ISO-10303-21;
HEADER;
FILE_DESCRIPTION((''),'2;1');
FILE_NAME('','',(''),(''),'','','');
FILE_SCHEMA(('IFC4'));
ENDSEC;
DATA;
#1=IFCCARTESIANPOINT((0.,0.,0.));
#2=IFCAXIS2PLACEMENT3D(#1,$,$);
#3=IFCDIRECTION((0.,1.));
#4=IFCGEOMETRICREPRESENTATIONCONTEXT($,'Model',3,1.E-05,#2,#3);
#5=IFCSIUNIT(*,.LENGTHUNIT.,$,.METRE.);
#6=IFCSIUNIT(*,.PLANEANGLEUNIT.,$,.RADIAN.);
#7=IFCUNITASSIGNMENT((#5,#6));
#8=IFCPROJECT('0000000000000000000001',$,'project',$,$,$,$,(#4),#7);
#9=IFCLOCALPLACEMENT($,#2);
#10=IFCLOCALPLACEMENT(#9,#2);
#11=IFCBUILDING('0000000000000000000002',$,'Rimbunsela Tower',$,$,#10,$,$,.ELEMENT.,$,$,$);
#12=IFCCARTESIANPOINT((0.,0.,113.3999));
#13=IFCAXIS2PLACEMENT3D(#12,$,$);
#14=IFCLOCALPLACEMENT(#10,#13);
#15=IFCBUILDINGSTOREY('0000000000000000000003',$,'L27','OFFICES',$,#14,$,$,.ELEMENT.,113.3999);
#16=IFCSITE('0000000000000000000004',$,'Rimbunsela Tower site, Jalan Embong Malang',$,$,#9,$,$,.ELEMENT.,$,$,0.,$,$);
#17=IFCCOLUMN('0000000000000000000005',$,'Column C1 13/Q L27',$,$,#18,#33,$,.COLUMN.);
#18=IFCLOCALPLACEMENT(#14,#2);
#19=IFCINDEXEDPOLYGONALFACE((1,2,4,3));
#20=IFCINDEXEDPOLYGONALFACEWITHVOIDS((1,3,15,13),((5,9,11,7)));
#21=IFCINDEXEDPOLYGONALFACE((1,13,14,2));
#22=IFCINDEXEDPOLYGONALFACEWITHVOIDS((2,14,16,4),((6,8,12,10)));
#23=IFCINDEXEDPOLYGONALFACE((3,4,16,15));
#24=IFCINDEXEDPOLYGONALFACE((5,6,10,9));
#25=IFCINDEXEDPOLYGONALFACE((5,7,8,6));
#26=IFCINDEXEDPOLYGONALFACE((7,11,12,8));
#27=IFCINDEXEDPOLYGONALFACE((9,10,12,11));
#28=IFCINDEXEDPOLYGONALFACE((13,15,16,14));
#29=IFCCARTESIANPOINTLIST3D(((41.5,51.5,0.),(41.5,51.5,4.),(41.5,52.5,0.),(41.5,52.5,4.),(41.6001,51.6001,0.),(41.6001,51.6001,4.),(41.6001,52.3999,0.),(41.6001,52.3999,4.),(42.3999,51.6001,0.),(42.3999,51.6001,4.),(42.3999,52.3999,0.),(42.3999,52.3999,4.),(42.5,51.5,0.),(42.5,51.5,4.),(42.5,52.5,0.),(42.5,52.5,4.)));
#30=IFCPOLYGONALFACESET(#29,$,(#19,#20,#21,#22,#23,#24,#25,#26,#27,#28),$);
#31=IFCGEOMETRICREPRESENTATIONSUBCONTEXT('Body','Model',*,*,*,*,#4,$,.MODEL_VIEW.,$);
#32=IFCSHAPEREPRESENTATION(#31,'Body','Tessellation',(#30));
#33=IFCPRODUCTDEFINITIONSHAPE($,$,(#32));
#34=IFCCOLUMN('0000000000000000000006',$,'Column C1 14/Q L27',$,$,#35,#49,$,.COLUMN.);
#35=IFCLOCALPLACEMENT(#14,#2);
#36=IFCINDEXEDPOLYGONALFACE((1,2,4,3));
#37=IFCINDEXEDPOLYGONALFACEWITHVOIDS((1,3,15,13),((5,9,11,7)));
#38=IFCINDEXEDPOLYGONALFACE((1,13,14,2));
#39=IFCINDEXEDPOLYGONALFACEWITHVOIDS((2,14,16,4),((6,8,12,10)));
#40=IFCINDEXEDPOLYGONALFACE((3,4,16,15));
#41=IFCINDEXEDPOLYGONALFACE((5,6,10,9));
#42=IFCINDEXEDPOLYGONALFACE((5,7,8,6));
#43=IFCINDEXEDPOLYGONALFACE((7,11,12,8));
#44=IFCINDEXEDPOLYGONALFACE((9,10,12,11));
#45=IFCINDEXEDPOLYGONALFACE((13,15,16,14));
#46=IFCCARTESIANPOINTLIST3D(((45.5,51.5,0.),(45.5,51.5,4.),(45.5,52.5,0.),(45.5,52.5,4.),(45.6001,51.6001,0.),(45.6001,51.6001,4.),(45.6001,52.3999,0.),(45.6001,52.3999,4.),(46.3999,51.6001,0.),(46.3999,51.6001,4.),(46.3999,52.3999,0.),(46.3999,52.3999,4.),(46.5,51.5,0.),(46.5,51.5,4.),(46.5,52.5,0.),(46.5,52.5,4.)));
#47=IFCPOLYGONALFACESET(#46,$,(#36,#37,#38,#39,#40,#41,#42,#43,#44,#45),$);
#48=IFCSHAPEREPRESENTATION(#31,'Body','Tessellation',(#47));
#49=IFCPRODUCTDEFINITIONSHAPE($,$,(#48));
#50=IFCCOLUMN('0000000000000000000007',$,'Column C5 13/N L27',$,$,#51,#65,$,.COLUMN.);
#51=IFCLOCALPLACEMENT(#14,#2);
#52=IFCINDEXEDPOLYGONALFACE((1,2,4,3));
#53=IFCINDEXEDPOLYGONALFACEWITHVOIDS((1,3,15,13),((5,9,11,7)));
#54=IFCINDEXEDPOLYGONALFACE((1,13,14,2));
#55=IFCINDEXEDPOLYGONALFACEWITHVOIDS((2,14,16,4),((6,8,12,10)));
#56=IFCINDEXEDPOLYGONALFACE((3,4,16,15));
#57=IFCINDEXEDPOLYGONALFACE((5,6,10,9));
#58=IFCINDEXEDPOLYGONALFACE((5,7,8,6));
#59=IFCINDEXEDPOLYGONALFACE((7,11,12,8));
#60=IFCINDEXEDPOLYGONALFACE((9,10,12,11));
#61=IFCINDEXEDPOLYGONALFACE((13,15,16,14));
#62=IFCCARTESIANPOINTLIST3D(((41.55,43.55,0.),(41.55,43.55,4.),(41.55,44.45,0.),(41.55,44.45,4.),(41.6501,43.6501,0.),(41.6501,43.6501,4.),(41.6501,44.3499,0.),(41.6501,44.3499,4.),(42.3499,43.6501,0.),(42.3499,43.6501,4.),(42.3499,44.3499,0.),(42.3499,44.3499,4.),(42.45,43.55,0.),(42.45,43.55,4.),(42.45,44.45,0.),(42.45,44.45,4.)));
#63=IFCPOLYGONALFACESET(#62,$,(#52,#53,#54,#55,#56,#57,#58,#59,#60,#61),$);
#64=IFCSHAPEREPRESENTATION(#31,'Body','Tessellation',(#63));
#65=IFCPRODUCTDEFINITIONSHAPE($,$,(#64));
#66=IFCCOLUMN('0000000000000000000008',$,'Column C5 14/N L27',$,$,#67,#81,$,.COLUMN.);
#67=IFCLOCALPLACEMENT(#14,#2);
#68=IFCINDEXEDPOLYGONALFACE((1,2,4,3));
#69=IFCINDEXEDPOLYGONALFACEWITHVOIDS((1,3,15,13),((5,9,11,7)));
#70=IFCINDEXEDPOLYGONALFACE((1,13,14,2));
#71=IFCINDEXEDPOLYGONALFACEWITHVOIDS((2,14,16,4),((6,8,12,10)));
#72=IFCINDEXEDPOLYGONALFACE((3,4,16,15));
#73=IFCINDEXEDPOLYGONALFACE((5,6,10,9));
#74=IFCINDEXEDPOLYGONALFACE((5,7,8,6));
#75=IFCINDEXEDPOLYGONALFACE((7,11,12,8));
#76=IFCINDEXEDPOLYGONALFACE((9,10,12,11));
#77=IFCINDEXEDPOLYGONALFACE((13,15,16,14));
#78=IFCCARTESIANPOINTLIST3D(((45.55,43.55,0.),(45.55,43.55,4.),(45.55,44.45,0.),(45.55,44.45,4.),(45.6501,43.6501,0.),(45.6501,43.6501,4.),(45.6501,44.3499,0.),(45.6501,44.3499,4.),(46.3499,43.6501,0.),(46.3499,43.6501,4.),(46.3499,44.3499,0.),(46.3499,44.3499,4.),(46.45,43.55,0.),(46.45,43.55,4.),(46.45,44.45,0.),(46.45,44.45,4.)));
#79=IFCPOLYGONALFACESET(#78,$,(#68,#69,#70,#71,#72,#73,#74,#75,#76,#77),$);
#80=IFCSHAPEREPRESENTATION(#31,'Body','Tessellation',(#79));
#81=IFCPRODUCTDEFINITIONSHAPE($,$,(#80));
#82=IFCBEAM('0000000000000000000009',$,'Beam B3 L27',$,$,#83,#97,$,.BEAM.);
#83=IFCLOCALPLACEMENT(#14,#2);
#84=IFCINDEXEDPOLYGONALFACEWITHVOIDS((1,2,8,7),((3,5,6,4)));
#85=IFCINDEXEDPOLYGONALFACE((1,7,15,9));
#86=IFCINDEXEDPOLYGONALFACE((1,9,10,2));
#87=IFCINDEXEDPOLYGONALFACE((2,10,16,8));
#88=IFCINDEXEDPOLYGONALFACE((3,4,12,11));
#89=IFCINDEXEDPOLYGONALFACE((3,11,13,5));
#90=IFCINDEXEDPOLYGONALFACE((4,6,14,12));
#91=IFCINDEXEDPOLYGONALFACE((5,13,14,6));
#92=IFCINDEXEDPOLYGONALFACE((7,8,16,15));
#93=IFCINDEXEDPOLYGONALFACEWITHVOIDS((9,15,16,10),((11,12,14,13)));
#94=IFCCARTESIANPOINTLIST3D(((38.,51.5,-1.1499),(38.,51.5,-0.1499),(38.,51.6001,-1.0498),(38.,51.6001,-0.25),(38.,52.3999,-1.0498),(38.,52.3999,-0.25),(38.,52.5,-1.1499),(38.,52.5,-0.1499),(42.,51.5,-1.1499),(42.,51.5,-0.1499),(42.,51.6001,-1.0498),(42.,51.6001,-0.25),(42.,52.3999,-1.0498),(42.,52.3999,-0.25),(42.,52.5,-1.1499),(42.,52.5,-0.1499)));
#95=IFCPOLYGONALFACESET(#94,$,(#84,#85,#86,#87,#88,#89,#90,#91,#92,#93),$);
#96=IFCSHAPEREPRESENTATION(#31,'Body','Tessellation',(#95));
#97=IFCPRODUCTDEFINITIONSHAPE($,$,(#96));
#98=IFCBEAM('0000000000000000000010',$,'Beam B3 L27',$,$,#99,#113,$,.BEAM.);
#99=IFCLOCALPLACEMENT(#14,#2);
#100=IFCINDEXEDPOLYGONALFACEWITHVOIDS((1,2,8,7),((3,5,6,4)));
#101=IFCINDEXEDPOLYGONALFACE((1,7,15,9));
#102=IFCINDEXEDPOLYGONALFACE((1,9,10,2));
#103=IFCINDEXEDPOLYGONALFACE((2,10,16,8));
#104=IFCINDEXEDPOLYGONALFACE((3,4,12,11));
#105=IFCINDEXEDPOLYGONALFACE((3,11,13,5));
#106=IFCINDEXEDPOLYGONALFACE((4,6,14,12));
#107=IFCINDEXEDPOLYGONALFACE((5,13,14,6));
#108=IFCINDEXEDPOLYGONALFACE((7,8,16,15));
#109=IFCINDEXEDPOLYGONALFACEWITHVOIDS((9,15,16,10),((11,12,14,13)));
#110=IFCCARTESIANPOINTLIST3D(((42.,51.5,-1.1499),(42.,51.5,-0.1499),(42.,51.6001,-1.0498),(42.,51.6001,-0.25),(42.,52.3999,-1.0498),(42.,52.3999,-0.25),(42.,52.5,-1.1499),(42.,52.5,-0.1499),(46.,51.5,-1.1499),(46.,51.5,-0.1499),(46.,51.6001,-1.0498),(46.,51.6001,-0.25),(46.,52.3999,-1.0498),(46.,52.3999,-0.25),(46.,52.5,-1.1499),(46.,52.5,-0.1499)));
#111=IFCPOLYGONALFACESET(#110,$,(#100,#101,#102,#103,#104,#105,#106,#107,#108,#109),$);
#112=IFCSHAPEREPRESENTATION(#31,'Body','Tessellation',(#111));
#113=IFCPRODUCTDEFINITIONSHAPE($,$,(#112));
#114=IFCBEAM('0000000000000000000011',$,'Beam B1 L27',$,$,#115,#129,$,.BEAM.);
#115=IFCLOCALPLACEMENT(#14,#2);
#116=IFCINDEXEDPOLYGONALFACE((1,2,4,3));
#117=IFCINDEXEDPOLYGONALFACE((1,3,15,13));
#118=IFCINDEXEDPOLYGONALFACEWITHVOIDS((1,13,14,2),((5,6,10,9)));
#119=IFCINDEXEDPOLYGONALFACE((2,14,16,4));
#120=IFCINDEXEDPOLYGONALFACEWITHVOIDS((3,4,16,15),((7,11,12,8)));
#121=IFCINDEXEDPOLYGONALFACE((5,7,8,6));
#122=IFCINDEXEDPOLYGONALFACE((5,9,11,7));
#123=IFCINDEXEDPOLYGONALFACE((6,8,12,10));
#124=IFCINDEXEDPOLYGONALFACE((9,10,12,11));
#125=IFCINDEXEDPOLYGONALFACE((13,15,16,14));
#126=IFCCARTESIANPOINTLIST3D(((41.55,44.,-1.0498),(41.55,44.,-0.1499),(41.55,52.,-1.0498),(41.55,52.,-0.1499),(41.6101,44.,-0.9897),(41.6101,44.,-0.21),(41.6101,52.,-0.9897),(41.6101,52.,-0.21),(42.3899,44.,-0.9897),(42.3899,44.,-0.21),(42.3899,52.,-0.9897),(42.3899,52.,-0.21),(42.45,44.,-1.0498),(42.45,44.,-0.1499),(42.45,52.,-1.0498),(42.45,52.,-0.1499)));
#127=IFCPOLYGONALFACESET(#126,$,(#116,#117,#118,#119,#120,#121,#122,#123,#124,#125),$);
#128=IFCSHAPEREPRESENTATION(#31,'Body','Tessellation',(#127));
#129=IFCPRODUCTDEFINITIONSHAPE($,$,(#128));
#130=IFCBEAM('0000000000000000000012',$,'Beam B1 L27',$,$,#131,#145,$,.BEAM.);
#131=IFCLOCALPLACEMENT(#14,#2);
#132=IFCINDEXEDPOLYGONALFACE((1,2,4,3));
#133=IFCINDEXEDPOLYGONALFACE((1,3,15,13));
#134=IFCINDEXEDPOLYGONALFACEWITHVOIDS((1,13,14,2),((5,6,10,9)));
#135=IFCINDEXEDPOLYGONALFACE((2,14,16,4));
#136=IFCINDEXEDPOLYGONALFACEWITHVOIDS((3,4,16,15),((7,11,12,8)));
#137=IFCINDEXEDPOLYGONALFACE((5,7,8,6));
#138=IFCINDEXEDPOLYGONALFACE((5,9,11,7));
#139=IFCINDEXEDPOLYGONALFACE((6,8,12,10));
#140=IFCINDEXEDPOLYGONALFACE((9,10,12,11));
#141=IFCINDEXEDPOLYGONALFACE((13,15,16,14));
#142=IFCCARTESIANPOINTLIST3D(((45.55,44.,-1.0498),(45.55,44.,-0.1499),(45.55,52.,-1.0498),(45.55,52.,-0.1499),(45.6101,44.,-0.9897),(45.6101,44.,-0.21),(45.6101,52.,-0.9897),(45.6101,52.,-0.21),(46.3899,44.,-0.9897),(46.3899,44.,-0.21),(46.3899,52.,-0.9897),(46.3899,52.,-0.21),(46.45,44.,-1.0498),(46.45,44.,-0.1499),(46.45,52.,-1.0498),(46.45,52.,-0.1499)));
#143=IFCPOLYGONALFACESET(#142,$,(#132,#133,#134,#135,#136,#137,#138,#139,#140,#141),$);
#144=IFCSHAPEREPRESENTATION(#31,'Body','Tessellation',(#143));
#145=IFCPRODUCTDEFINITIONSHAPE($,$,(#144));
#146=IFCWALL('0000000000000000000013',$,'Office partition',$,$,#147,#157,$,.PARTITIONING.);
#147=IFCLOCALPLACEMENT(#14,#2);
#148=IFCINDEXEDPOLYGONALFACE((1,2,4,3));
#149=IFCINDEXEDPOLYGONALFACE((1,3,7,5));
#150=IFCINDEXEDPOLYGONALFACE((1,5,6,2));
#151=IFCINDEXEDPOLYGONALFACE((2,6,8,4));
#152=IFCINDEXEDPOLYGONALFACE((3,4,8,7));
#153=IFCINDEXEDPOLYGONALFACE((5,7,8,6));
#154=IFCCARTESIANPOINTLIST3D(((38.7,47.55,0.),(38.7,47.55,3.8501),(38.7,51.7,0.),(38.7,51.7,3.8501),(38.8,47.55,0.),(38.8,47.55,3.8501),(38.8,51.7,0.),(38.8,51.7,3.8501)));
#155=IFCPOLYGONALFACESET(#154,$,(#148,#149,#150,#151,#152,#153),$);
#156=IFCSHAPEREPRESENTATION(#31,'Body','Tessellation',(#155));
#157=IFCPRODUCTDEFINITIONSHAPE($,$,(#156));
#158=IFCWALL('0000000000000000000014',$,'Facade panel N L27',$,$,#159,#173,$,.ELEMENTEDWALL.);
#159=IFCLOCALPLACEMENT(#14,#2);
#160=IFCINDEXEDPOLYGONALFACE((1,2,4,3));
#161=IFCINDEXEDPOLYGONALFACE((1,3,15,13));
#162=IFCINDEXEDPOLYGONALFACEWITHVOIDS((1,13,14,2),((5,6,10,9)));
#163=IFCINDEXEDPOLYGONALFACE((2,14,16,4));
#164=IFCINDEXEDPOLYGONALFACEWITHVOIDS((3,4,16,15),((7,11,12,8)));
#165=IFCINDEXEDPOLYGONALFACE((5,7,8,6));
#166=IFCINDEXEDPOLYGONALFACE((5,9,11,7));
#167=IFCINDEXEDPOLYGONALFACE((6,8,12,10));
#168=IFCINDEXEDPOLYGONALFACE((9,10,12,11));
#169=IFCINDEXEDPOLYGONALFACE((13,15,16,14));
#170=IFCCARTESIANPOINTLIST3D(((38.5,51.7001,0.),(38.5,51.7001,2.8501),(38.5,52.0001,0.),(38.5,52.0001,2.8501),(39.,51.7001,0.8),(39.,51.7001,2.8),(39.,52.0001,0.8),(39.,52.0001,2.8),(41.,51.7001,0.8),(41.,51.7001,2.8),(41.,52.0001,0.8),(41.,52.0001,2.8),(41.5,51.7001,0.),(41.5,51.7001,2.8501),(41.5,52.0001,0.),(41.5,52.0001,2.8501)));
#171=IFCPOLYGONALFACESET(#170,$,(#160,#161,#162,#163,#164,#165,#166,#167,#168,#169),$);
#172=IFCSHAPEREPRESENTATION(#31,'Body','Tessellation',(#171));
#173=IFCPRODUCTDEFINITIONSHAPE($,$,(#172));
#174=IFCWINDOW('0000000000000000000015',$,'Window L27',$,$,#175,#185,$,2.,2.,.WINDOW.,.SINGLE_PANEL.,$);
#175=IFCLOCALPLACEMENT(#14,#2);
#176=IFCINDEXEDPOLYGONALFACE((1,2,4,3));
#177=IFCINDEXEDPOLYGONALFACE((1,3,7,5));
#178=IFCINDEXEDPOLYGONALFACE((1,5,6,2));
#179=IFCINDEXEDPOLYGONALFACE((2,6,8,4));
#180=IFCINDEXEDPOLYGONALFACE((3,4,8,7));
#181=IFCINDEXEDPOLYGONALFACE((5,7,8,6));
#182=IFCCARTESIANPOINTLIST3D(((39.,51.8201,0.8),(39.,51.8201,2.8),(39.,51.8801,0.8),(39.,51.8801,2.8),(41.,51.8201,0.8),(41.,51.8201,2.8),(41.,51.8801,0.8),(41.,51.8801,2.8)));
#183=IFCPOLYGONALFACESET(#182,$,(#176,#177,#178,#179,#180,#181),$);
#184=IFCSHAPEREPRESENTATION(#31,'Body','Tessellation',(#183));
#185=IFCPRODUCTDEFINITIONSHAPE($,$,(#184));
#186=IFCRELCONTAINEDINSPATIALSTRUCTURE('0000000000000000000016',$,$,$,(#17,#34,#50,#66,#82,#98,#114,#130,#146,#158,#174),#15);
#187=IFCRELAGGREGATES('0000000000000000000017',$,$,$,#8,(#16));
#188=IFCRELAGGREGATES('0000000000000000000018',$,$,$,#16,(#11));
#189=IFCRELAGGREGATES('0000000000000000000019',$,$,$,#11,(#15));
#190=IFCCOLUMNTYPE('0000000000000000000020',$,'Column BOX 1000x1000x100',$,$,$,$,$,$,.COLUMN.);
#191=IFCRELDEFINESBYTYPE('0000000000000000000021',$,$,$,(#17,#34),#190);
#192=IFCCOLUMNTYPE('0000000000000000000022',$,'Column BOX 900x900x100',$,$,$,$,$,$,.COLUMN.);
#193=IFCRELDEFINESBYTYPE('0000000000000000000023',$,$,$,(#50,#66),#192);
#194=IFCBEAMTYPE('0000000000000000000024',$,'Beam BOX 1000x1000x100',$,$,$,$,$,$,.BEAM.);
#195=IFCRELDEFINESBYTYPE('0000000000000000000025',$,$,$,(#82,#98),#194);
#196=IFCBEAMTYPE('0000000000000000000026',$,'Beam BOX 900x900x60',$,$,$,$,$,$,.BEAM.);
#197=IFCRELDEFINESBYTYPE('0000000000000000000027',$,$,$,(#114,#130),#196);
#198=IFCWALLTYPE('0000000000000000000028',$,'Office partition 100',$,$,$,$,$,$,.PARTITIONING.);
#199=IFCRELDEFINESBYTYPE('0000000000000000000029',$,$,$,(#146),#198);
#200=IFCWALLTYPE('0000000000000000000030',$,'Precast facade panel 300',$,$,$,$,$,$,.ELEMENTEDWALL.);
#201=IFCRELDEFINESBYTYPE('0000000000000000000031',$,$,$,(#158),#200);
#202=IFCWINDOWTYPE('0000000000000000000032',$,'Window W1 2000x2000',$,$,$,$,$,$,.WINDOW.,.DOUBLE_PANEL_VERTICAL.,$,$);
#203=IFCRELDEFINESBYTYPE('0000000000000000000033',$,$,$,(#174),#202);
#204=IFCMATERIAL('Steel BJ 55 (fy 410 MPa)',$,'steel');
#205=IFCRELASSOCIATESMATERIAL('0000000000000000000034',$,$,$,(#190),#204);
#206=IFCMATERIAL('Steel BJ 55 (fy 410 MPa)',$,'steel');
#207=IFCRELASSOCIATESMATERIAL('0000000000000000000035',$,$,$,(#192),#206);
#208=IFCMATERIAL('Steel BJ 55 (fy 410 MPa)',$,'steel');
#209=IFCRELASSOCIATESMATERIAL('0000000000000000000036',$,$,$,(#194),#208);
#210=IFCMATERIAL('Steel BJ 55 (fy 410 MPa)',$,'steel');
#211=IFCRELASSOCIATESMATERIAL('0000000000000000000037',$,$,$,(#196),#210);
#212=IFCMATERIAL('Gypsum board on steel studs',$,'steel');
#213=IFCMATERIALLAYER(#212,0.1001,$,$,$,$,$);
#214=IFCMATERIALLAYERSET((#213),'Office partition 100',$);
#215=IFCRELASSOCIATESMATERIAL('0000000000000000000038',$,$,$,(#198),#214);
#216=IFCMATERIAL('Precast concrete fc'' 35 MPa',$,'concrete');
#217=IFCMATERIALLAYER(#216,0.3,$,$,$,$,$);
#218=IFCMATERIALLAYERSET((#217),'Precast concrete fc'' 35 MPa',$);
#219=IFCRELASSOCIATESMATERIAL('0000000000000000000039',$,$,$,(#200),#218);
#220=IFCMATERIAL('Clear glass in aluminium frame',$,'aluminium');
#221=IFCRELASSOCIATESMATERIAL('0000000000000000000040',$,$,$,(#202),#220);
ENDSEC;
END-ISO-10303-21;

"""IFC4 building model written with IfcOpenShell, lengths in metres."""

from ifc_helpers import new_model, si_unit, direction, frame, frame_2d, origin, origin_2d, place, context, subcontext, project, spatial, rectangle, hollow_rectangle, extrude, material, layer, layer_set, material_profile, profile_set, type_object, element, fill, save


model = new_model("IFC4")

# Units and contexts
model_context = context("Model", 3, precision=1e-05, world=origin(), true_north=direction((0.0, 1.0)))
body_context = subcontext(model_context, "Body", "Model", "MODEL_VIEW")
ifc_project = project(units=[si_unit("LENGTHUNIT", "METRE"), si_unit("PLANEANGLEUNIT", "RADIAN")], contexts=[model_context])

# Site, building, storey
site_placement = place(None, origin())
site = spatial("IfcSite", under=ifc_project, at=site_placement, Name="Rimbunsela Tower site, Jalan Embong Malang", CompositionType="ELEMENT", RefElevation=0.0)
building_placement = place(site_placement, origin())
building = spatial("IfcBuilding", under=site, at=building_placement, Name="Rimbunsela Tower", CompositionType="ELEMENT")
storey_placement = place(building_placement, frame((0.0, 0.0, 113.3999)))
storey = spatial("IfcBuildingStorey", under=building, at=storey_placement, Name="L27", Description="OFFICES", CompositionType="ELEMENT", Elevation=113.3999)

# Columns
ifc_material_1 = material(Name="Steel BJ 55 (fy 410 MPa)", Category="steel")
ifc_material_profile_1 = material_profile(ifc_material_1, hollow_rectangle(XDim=1.0, YDim=1.0, WallThickness=0.1001, at=origin_2d()), Name="BOX 1000x1000x100")
ifc_profile_set_1 = profile_set([ifc_material_profile_1], Name="Steel BJ 55 (fy 410 MPa)")
column_type_1 = type_object("IfcColumnType", Name="Column BOX 1000x1000x100", PredefinedType="COLUMN", material=ifc_profile_set_1)
for number, where, z_axis, x_axis, name in (
    (1, (42.0, 52.0, 0.0), (0.0, 0.0, 1.0), (1.0, 0.0, 0.0), "Column C1 13/Q L27"),
    (2, (46.0, 52.0, 0.0), (0.0, 0.0, 1.0), (1.0, 0.0, 0.0), "Column C1 14/Q L27"),
):
    element("IfcColumn", number, at=place(storey_placement, frame(where, z_axis=z_axis, x_axis=x_axis)), inside=storey, type_object=column_type_1, Name=name, PredefinedType="COLUMN", context=body_context, shape_type="SweptSolid", body=[
        extrude(hollow_rectangle(XDim=1.0, YDim=1.0, WallThickness=0.1001, at=origin_2d()), origin(), (0.0, 0.0, 1.0), 4.0),
    ])
ifc_material_2 = material(Name="Steel BJ 55 (fy 410 MPa)", Category="steel")
ifc_material_profile_2 = material_profile(ifc_material_2, hollow_rectangle(XDim=0.8999, YDim=0.8999, WallThickness=0.1001, at=origin_2d()), Name="BOX 900x900x100")
ifc_profile_set_2 = profile_set([ifc_material_profile_2], Name="Steel BJ 55 (fy 410 MPa)")
column_type_2 = type_object("IfcColumnType", Name="Column BOX 900x900x100", PredefinedType="COLUMN", material=ifc_profile_set_2)
for number, where, z_axis, x_axis, name in (
    (3, (42.0, 44.0, 0.0), (0.0, 0.0, 1.0), (1.0, 0.0, 0.0), "Column C5 13/N L27"),
    (4, (46.0, 44.0, 0.0), (0.0, 0.0, 1.0), (1.0, 0.0, 0.0), "Column C5 14/N L27"),
):
    element("IfcColumn", number, at=place(storey_placement, frame(where, z_axis=z_axis, x_axis=x_axis)), inside=storey, type_object=column_type_2, Name=name, PredefinedType="COLUMN", context=body_context, shape_type="SweptSolid", body=[
        extrude(hollow_rectangle(XDim=0.8999, YDim=0.8999, WallThickness=0.1001, at=origin_2d()), origin(), (0.0, 0.0, 1.0), 4.0),
    ])

# Beams
ifc_material_3 = material(Name="Steel BJ 55 (fy 410 MPa)", Category="steel")
ifc_material_profile_3 = material_profile(ifc_material_3, hollow_rectangle(XDim=1.0, YDim=1.0, WallThickness=0.1001, at=origin_2d()), Name="BOX 1000x1000x100")
ifc_profile_set_3 = profile_set([ifc_material_profile_3], Name="Steel BJ 55 (fy 410 MPa)")
beam_type_1 = type_object("IfcBeamType", Name="Beam BOX 1000x1000x100", PredefinedType="BEAM", material=ifc_profile_set_3)
for number, where, z_axis, x_axis, name in (
    (5, (38.0, 52.0, -0.6499), (1.0, 0.0, 0.0), (0.0, 1.0, 0.0), "Beam B3 L27"),
    (6, (42.0, 52.0, -0.6499), (1.0, 0.0, 0.0), (0.0, 1.0, 0.0), "Beam B3 L27"),
):
    element("IfcBeam", number, at=place(storey_placement, frame(where, z_axis=z_axis, x_axis=x_axis)), inside=storey, type_object=beam_type_1, Name=name, PredefinedType="BEAM", context=body_context, shape_type="SweptSolid", body=[
        extrude(hollow_rectangle(XDim=1.0, YDim=1.0, WallThickness=0.1001, at=origin_2d()), origin(), (0.0, 0.0, 1.0), 4.0),
    ])
ifc_material_4 = material(Name="Steel BJ 55 (fy 410 MPa)", Category="steel")
ifc_material_profile_4 = material_profile(ifc_material_4, hollow_rectangle(XDim=0.8999, YDim=0.8999, WallThickness=0.0601, at=origin_2d()), Name="BOX 900x900x60")
ifc_profile_set_4 = profile_set([ifc_material_profile_4], Name="Steel BJ 55 (fy 410 MPa)")
beam_type_2 = type_object("IfcBeamType", Name="Beam BOX 900x900x60", PredefinedType="BEAM", material=ifc_profile_set_4)
for number, where, z_axis, x_axis, name in (
    (7, (42.0, 44.0, -0.5999), (0.0, 1.0, 0.0), (-1.0, 0.0, 0.0), "Beam B1 L27"),
    (8, (46.0, 44.0, -0.5999), (0.0, 1.0, 0.0), (-1.0, 0.0, 0.0), "Beam B1 L27"),
):
    element("IfcBeam", number, at=place(storey_placement, frame(where, z_axis=z_axis, x_axis=x_axis)), inside=storey, type_object=beam_type_2, Name=name, PredefinedType="BEAM", context=body_context, shape_type="SweptSolid", body=[
        extrude(hollow_rectangle(XDim=0.8999, YDim=0.8999, WallThickness=0.0601, at=origin_2d()), origin(), (0.0, 0.0, 1.0), 8.0),
    ])

# Wall
ifc_material_5 = material(Name="Gypsum board on steel studs", Category="steel")
ifc_layer_1 = layer(ifc_material_5, 0.1001)
ifc_layer_set_1 = layer_set([ifc_layer_1], Name="Office partition 100")
wall_type_1 = type_object("IfcWallType", Name="Office partition 100", PredefinedType="PARTITIONING", material=ifc_layer_set_1)
wall_1_placement = place(storey_placement, frame((38.75, 47.55, 0.0), z_axis=(0.0, 0.0, 1.0), x_axis=(0.0, 1.0, 0.0)))
element("IfcWall", 9, at=wall_1_placement, inside=storey, type_object=wall_type_1, Name="Office partition", PredefinedType="PARTITIONING", context=body_context, shape_type="SweptSolid", body=[
    extrude(rectangle(XDim=4.1499, YDim=0.1001, at=frame_2d((2.075, 0.0))), origin(), (0.0, 0.0, 1.0), 3.8501),
])

# Wall, opening, window
ifc_material_6 = material(Name="Precast concrete fc' 35 MPa", Category="concrete")
ifc_layer_2 = layer(ifc_material_6, 0.3)
ifc_layer_set_2 = layer_set([ifc_layer_2], Name="Precast concrete fc' 35 MPa")
wall_type_2 = type_object("IfcWallType", Name="Precast facade panel 300", PredefinedType="ELEMENTEDWALL", material=ifc_layer_set_2)
wall_2_placement = place(storey_placement, frame((41.5, 51.8501, 0.0), z_axis=(0.0, 0.0, 1.0), x_axis=(-1.0, 0.0, 0.0)))
wall_2 = element("IfcWall", 10, at=wall_2_placement, inside=storey, type_object=wall_type_2, Name="Facade panel N L27", PredefinedType="ELEMENTEDWALL", context=body_context, shape_type="SweptSolid", body=[
    extrude(rectangle(XDim=3.0, YDim=0.3, at=frame_2d((1.5, 0.0))), origin(), (0.0, 0.0, 1.0), 2.8501),
])
opening_1_placement = place(wall_2_placement, frame((0.5, 0.0, 0.8)))
opening_1 = element("IfcOpeningElement", 11, at=opening_1_placement, cuts=wall_2, PredefinedType="OPENING", context=body_context, shape_type="SweptSolid", body=[
    extrude(rectangle(XDim=2.0, YDim=2.0, at=frame_2d((1.0, 1.0))), frame((0.0, 0.1599, 0.0), z_axis=(0.0, -1.0, 0.0), x_axis=(1.0, 0.0, 0.0)), (0.0, 0.0, 1.0), 0.3201),
])
ifc_material_7 = material(Name="Clear glass in aluminium frame", Category="aluminium")
window_type = type_object("IfcWindowType", Name="Window W1 2000x2000", PartitioningType="DOUBLE_PANEL_VERTICAL", PredefinedType="WINDOW", material=ifc_material_7)
window_1_placement = place(opening_1_placement, origin())
window_1 = element("IfcWindow", 12, at=window_1_placement, inside=storey, type_object=window_type, Name="Window L27", OverallHeight=2.0, OverallWidth=2.0, PartitioningType="SINGLE_PANEL", PredefinedType="WINDOW", context=body_context, shape_type="SweptSolid", body=[
    extrude(rectangle(XDim=2.0, YDim=2.0, at=frame_2d((1.0, 1.0))), frame((0.0, 0.03, 0.0), z_axis=(0.0, -1.0, 0.0), x_axis=(1.0, 0.0, 0.0)), (0.0, 0.0, 1.0), 0.0601),
])
fill(opening_1, window_1)

save(model, "model.ifc")
